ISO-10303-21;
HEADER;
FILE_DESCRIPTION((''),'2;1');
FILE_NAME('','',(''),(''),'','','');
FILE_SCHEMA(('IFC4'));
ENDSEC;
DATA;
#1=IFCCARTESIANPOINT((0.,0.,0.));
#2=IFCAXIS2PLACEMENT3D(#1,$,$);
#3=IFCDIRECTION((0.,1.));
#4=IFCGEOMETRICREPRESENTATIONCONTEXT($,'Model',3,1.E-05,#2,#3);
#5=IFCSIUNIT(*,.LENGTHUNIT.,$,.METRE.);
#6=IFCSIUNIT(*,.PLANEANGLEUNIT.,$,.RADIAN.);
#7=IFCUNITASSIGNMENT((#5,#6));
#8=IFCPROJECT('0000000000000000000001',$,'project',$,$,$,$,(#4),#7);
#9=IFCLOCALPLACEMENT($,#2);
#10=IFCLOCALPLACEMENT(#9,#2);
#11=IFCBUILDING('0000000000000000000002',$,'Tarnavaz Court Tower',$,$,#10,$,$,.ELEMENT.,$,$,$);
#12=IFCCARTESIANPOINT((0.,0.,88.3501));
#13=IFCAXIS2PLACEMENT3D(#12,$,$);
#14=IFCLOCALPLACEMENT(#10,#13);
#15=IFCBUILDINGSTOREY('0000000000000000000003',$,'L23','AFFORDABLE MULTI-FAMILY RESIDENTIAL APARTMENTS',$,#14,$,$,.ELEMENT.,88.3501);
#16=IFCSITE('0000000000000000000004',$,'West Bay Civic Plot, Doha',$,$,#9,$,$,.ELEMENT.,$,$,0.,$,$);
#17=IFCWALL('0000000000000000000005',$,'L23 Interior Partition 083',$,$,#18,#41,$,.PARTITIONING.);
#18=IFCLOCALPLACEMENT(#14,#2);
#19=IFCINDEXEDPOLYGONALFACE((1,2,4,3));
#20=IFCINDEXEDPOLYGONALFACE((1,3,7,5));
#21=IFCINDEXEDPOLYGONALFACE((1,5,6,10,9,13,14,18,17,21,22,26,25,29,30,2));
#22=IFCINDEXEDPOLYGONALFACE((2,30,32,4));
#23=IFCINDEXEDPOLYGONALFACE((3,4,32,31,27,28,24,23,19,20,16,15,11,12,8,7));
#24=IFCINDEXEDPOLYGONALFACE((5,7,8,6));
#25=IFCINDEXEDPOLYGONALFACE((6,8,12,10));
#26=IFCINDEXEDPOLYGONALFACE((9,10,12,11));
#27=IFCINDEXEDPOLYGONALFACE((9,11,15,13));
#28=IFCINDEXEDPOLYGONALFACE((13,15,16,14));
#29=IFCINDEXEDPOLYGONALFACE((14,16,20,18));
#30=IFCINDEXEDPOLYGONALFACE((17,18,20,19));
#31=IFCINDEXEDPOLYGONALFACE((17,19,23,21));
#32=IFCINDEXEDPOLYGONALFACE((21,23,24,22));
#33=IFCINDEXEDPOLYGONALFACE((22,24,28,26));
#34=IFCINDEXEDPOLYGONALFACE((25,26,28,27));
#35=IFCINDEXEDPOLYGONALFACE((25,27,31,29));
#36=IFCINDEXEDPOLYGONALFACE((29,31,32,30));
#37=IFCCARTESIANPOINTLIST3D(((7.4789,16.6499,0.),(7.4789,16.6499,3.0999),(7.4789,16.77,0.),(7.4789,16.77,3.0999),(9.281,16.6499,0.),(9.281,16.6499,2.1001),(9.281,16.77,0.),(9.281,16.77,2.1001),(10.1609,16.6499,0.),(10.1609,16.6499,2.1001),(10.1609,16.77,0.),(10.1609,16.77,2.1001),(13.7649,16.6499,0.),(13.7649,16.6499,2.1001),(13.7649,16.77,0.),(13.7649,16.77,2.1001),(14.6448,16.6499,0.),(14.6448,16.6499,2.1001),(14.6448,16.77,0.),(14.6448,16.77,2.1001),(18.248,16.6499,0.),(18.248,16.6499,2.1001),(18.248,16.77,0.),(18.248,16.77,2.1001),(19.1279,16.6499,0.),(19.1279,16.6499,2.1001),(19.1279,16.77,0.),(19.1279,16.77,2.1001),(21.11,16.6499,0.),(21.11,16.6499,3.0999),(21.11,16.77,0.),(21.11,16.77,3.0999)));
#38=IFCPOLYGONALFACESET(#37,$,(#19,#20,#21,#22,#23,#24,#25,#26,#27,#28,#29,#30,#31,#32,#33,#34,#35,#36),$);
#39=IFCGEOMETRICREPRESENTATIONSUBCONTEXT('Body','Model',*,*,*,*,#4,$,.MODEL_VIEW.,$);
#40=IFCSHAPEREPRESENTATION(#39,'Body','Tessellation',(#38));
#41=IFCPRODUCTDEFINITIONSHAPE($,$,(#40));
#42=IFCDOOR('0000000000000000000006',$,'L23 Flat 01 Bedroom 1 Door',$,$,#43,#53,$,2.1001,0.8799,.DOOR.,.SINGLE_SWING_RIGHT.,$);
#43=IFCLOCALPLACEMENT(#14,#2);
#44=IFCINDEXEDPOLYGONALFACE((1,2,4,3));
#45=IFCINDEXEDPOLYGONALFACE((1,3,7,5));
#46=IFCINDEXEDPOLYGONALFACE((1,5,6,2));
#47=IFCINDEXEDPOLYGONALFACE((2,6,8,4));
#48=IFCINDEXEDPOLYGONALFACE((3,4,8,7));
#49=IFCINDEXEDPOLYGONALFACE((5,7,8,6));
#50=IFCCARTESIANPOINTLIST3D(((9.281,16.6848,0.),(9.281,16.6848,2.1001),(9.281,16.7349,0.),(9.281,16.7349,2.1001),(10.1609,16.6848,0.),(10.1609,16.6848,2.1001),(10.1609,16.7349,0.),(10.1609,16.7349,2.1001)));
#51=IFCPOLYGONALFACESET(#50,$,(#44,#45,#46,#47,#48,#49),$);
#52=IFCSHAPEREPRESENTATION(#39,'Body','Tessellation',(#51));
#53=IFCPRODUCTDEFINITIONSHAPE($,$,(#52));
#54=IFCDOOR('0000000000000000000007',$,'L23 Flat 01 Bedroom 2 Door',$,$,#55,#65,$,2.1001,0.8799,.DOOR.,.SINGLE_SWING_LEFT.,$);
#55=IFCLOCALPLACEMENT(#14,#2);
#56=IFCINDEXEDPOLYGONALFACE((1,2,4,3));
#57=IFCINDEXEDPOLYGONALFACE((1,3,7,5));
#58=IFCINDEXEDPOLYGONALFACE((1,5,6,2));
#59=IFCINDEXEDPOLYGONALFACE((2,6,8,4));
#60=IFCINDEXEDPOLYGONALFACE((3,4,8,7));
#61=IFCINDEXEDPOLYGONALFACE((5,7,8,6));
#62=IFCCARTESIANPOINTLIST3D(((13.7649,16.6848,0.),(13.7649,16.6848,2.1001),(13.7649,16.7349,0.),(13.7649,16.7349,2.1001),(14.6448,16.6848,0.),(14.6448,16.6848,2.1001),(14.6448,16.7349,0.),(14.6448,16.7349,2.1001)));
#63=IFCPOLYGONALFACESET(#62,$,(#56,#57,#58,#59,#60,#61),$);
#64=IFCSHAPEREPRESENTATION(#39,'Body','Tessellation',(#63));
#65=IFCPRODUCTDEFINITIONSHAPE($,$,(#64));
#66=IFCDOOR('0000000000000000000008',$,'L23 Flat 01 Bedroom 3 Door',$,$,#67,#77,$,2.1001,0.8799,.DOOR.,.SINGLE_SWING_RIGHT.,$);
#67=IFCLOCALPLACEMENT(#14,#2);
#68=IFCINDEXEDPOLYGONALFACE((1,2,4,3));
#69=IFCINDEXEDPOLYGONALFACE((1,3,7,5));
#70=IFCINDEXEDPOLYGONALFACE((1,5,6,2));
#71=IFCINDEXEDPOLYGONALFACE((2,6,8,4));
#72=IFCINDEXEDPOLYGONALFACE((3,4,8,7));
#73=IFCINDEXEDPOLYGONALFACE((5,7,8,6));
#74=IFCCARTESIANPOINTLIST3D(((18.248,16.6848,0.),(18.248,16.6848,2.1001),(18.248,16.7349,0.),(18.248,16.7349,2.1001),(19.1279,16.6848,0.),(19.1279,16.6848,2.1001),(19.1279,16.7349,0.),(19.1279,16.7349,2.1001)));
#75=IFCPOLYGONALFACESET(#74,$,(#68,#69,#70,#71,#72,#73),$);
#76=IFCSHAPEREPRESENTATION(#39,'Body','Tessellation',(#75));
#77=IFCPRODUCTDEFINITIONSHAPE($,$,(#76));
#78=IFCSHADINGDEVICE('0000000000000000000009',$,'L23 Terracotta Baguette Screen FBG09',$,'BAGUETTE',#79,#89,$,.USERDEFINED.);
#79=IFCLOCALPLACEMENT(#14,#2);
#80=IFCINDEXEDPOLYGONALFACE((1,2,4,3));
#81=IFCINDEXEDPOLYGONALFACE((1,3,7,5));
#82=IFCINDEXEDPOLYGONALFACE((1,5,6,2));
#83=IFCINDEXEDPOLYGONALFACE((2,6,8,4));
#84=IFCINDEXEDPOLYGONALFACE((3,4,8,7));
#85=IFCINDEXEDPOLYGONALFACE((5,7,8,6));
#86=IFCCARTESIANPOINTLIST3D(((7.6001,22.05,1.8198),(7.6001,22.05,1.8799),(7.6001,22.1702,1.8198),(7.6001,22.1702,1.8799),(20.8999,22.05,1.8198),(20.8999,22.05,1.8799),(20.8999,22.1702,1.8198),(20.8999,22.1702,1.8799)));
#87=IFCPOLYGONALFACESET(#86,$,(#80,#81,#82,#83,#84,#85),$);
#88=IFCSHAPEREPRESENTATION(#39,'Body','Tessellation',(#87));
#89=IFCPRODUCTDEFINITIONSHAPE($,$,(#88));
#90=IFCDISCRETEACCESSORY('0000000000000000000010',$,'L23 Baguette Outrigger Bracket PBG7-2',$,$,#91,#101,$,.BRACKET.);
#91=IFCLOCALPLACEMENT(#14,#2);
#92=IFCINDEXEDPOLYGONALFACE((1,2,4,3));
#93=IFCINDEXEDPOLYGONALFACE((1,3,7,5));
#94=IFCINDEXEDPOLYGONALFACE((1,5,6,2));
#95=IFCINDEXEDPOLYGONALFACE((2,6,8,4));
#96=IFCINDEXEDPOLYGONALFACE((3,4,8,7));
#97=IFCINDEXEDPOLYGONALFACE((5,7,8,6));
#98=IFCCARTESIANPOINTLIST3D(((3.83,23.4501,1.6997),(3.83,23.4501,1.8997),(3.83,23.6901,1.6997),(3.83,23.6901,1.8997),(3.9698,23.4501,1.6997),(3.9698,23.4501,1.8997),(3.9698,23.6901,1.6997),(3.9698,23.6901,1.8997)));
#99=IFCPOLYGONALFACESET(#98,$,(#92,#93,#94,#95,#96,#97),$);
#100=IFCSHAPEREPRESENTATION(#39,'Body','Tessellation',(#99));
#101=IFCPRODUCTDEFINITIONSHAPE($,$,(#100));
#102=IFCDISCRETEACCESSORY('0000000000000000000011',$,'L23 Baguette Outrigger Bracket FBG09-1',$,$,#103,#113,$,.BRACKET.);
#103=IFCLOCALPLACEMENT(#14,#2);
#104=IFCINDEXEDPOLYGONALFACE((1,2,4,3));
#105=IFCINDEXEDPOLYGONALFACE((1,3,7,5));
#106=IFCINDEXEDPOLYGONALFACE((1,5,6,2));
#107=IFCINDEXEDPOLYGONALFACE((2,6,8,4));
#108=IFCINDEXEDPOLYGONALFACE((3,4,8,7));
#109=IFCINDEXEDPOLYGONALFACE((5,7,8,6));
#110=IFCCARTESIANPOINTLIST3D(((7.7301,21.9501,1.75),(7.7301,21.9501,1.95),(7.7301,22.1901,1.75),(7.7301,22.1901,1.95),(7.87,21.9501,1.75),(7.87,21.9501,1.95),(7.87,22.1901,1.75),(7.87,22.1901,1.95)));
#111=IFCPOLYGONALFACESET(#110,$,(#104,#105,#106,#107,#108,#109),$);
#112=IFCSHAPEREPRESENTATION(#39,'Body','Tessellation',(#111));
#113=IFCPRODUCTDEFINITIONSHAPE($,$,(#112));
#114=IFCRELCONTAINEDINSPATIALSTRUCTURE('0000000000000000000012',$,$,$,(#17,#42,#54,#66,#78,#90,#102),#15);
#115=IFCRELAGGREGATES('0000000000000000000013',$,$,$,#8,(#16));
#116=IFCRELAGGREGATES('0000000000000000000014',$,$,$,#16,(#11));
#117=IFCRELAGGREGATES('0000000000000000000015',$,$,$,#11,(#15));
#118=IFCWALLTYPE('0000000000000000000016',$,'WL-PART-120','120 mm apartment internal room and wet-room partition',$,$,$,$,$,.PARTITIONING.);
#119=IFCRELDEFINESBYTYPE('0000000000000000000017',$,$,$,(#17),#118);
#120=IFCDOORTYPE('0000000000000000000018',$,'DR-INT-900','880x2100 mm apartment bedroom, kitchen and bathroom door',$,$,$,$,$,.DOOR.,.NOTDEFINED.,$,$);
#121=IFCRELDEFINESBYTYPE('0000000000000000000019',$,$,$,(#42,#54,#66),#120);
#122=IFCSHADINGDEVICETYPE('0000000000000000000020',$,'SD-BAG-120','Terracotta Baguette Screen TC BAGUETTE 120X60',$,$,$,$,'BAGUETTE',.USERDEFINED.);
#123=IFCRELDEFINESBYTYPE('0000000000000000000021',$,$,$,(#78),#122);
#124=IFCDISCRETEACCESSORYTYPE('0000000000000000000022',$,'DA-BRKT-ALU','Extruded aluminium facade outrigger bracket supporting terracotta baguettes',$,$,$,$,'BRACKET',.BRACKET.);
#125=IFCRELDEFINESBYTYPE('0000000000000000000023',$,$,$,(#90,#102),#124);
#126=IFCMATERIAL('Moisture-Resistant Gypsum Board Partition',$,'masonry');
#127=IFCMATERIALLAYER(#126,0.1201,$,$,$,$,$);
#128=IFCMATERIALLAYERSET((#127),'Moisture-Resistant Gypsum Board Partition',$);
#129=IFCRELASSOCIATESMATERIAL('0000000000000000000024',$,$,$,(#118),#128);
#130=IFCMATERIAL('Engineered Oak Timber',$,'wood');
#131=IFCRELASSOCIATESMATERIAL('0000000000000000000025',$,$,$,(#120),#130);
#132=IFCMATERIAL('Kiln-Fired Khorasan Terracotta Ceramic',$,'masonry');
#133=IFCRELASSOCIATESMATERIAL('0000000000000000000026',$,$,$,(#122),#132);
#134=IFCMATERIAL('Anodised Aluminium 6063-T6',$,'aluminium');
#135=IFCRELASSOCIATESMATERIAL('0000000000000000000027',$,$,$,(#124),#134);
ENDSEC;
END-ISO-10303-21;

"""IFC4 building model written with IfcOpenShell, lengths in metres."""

from ifc_helpers import new_model, si_unit, direction, frame, frame_2d, origin, origin_2d, place, context, subcontext, project, spatial, rectangle, extrude, material, layer, layer_set, material_profile, profile_set, type_object, element, fill, save


model = new_model("IFC4")

# Units and contexts
model_context = context("Model", 3, precision=1e-05, world=origin(), true_north=direction((0.0, 1.0)))
body_context = subcontext(model_context, "Body", "Model", "MODEL_VIEW")
ifc_project = project(units=[si_unit("LENGTHUNIT", "METRE"), si_unit("PLANEANGLEUNIT", "RADIAN")], contexts=[model_context])

# Site, building, storey
site_placement = place(None, origin())
site = spatial("IfcSite", under=ifc_project, at=site_placement, Name="West Bay Civic Plot, Doha", CompositionType="ELEMENT", RefElevation=0.0)
building_placement = place(site_placement, origin())
building = spatial("IfcBuilding", under=site, at=building_placement, Name="Tarnavaz Court Tower", CompositionType="ELEMENT")
storey_placement = place(building_placement, frame((0.0, 0.0, 88.3501)))
storey = spatial("IfcBuildingStorey", under=building, at=storey_placement, Name="L23", Description="AFFORDABLE MULTI-FAMILY RESIDENTIAL APARTMENTS", CompositionType="ELEMENT", Elevation=88.3501)

# Shared definitions
ifc_material_1 = material(Name="Anodised Aluminium 6063-T6", Category="aluminium")

# Shared definitions
ifc_material_2 = material(Name="Moisture-Resistant Gypsum Board Partition", Category="masonry")
ifc_layer_1 = layer(ifc_material_2, 0.1201)
ifc_layer_set_1 = layer_set([ifc_layer_1], Name="Moisture-Resistant Gypsum Board Partition")
wall_type_1 = type_object("IfcWallType", Name="WL-PART-120", Description="120 mm apartment internal room and wet-room partition", PredefinedType="PARTITIONING", material=ifc_layer_set_1)
ifc_material_3 = material(Name="Engineered Oak Timber", Category="wood")
door_type_1 = type_object("IfcDoorType", Name="DR-INT-900", Description="880x2100 mm apartment bedroom, kitchen and bathroom door", OperationType="NOTDEFINED", PredefinedType="DOOR", material=ifc_material_3)

# Wall, openings, doors
wall_1_placement = place(storey_placement, frame((7.479, 16.71, 0.0), z_axis=(0.0, 0.0, 1.0), x_axis=(1.0, 0.0, 0.0)))
wall_1 = element("IfcWall", 1, at=wall_1_placement, inside=storey, type_object=wall_type_1, Name="L23 Interior Partition 083", PredefinedType="PARTITIONING", context=body_context, shape_type="SweptSolid", body=[
    extrude(rectangle(XDim=13.6311, YDim=0.1201, at=frame_2d((6.8154, 0.0))), origin(), (0.0, 0.0, 1.0), 3.0999),
])
opening_1_placement = place(wall_1_placement, frame((1.802, 0.0, 0.0)))
opening_1 = element("IfcOpeningElement", 2, at=opening_1_placement, cuts=wall_1, PredefinedType="OPENING", context=body_context, shape_type="SweptSolid", body=[
    extrude(rectangle(XDim=0.8799, YDim=2.1001, at=frame_2d((0.4399, 1.05))), frame((0.0, 0.0701, 0.0), z_axis=(0.0, -1.0, 0.0), x_axis=(1.0, 0.0, 0.0)), (0.0, 0.0, 1.0), 0.1401),
])
opening_2_placement = place(wall_1_placement, frame((6.2859, 0.0, 0.0)))
opening_2 = element("IfcOpeningElement", 3, at=opening_2_placement, cuts=wall_1, PredefinedType="OPENING", context=body_context, shape_type="SweptSolid", body=[
    extrude(rectangle(XDim=0.8799, YDim=2.1001, at=frame_2d((0.4399, 1.05))), frame((0.0, 0.0701, 0.0), z_axis=(0.0, -1.0, 0.0), x_axis=(1.0, 0.0, 0.0)), (0.0, 0.0, 1.0), 0.1401),
])
opening_3_placement = place(wall_1_placement, frame((10.769, 0.0, 0.0)))
opening_3 = element("IfcOpeningElement", 4, at=opening_3_placement, cuts=wall_1, PredefinedType="OPENING", context=body_context, shape_type="SweptSolid", body=[
    extrude(rectangle(XDim=0.8799, YDim=2.1001, at=frame_2d((0.4399, 1.05))), frame((0.0, 0.0701, 0.0), z_axis=(0.0, -1.0, 0.0), x_axis=(1.0, 0.0, 0.0)), (0.0, 0.0, 1.0), 0.1401),
])
door_1_placement = place(opening_1_placement, origin())
door_1 = element("IfcDoor", 5, at=door_1_placement, inside=storey, type_object=door_type_1, Name="L23 Flat 01 Bedroom 1 Door", OperationType="SINGLE_SWING_RIGHT", OverallHeight=2.1001, OverallWidth=0.8799, PredefinedType="DOOR", context=body_context, shape_type="SweptSolid", body=[
    extrude(rectangle(XDim=0.8799, YDim=2.1001, at=frame_2d((0.4399, 1.05))), frame((0.0, 0.0249, 0.0), z_axis=(0.0, -1.0, 0.0), x_axis=(1.0, 0.0, 0.0)), (0.0, 0.0, 1.0), 0.05),
])
fill(opening_1, door_1)
door_2_placement = place(opening_2_placement, origin())
door_2 = element("IfcDoor", 6, at=door_2_placement, inside=storey, type_object=door_type_1, Name="L23 Flat 01 Bedroom 2 Door", OperationType="SINGLE_SWING_LEFT", OverallHeight=2.1001, OverallWidth=0.8799, PredefinedType="DOOR", context=body_context, shape_type="SweptSolid", body=[
    extrude(rectangle(XDim=0.8799, YDim=2.1001, at=frame_2d((0.4399, 1.05))), frame((0.0, 0.0249, 0.0), z_axis=(0.0, -1.0, 0.0), x_axis=(1.0, 0.0, 0.0)), (0.0, 0.0, 1.0), 0.05),
])
fill(opening_2, door_2)
door_3_placement = place(opening_3_placement, origin())
door_3 = element("IfcDoor", 7, at=door_3_placement, inside=storey, type_object=door_type_1, Name="L23 Flat 01 Bedroom 3 Door", OperationType="SINGLE_SWING_RIGHT", OverallHeight=2.1001, OverallWidth=0.8799, PredefinedType="DOOR", context=body_context, shape_type="SweptSolid", body=[
    extrude(rectangle(XDim=0.8799, YDim=2.1001, at=frame_2d((0.4399, 1.05))), frame((0.0, 0.0249, 0.0), z_axis=(0.0, -1.0, 0.0), x_axis=(1.0, 0.0, 0.0)), (0.0, 0.0, 1.0), 0.05),
])
fill(opening_3, door_3)

# Shading device
ifc_material_4 = material(Name="Kiln-Fired Khorasan Terracotta Ceramic", Category="masonry")
ifc_material_profile_1 = material_profile(ifc_material_4, rectangle(XDim=0.1201, YDim=0.0601, at=origin_2d()), Name="TC BAGUETTE 120X60")
ifc_profile_set_1 = profile_set([ifc_material_profile_1], Name="Kiln-Fired Khorasan Terracotta Ceramic")
shading_device_type = type_object("IfcShadingDeviceType", Name="SD-BAG-120", Description="Terracotta Baguette Screen TC BAGUETTE 120X60", ElementType="BAGUETTE", PredefinedType="USERDEFINED", material=ifc_profile_set_1)
shading_device_placement = place(storey_placement, frame((7.6001, 22.1101, 1.8499), z_axis=(1.0, 0.0, 0.0), x_axis=(0.0, 1.0, 0.0)))
element("IfcShadingDevice", 8, at=shading_device_placement, inside=storey, type_object=shading_device_type, Name="L23 Terracotta Baguette Screen FBG09", ObjectType="BAGUETTE", PredefinedType="USERDEFINED", context=body_context, shape_type="SweptSolid", body=[
    extrude(rectangle(XDim=0.1201, YDim=0.0601, at=origin_2d()), origin(), (0.0, 0.0, 1.0), 13.2998),
])

# Discrete accessories
discrete_accessory_type = type_object("IfcDiscreteAccessoryType", Name="DA-BRKT-ALU", Description="Extruded aluminium facade outrigger bracket supporting terracotta baguettes", ElementType="BRACKET", PredefinedType="BRACKET", material=ifc_material_1)
for number, where, z_axis, x_axis, name in (
    (9, (3.8999, 23.5701, 1.6997), (0.0, 0.0, 1.0), (1.0, 0.0, 0.0), "L23 Baguette Outrigger Bracket PBG7-2"),
    (10, (7.8, 22.0701, 1.75), (0.0, 0.0, 1.0), (1.0, 0.0, 0.0), "L23 Baguette Outrigger Bracket FBG09-1"),
):
    element("IfcDiscreteAccessory", number, at=place(storey_placement, frame(where, z_axis=z_axis, x_axis=x_axis)), inside=storey, type_object=discrete_accessory_type, Name=name, PredefinedType="BRACKET", context=body_context, shape_type="SweptSolid", body=[
        extrude(rectangle(XDim=0.1399, YDim=0.24, at=origin_2d()), origin(), (0.0, 0.0, 1.0), 0.2),
    ])

save(model, "model.ifc")
